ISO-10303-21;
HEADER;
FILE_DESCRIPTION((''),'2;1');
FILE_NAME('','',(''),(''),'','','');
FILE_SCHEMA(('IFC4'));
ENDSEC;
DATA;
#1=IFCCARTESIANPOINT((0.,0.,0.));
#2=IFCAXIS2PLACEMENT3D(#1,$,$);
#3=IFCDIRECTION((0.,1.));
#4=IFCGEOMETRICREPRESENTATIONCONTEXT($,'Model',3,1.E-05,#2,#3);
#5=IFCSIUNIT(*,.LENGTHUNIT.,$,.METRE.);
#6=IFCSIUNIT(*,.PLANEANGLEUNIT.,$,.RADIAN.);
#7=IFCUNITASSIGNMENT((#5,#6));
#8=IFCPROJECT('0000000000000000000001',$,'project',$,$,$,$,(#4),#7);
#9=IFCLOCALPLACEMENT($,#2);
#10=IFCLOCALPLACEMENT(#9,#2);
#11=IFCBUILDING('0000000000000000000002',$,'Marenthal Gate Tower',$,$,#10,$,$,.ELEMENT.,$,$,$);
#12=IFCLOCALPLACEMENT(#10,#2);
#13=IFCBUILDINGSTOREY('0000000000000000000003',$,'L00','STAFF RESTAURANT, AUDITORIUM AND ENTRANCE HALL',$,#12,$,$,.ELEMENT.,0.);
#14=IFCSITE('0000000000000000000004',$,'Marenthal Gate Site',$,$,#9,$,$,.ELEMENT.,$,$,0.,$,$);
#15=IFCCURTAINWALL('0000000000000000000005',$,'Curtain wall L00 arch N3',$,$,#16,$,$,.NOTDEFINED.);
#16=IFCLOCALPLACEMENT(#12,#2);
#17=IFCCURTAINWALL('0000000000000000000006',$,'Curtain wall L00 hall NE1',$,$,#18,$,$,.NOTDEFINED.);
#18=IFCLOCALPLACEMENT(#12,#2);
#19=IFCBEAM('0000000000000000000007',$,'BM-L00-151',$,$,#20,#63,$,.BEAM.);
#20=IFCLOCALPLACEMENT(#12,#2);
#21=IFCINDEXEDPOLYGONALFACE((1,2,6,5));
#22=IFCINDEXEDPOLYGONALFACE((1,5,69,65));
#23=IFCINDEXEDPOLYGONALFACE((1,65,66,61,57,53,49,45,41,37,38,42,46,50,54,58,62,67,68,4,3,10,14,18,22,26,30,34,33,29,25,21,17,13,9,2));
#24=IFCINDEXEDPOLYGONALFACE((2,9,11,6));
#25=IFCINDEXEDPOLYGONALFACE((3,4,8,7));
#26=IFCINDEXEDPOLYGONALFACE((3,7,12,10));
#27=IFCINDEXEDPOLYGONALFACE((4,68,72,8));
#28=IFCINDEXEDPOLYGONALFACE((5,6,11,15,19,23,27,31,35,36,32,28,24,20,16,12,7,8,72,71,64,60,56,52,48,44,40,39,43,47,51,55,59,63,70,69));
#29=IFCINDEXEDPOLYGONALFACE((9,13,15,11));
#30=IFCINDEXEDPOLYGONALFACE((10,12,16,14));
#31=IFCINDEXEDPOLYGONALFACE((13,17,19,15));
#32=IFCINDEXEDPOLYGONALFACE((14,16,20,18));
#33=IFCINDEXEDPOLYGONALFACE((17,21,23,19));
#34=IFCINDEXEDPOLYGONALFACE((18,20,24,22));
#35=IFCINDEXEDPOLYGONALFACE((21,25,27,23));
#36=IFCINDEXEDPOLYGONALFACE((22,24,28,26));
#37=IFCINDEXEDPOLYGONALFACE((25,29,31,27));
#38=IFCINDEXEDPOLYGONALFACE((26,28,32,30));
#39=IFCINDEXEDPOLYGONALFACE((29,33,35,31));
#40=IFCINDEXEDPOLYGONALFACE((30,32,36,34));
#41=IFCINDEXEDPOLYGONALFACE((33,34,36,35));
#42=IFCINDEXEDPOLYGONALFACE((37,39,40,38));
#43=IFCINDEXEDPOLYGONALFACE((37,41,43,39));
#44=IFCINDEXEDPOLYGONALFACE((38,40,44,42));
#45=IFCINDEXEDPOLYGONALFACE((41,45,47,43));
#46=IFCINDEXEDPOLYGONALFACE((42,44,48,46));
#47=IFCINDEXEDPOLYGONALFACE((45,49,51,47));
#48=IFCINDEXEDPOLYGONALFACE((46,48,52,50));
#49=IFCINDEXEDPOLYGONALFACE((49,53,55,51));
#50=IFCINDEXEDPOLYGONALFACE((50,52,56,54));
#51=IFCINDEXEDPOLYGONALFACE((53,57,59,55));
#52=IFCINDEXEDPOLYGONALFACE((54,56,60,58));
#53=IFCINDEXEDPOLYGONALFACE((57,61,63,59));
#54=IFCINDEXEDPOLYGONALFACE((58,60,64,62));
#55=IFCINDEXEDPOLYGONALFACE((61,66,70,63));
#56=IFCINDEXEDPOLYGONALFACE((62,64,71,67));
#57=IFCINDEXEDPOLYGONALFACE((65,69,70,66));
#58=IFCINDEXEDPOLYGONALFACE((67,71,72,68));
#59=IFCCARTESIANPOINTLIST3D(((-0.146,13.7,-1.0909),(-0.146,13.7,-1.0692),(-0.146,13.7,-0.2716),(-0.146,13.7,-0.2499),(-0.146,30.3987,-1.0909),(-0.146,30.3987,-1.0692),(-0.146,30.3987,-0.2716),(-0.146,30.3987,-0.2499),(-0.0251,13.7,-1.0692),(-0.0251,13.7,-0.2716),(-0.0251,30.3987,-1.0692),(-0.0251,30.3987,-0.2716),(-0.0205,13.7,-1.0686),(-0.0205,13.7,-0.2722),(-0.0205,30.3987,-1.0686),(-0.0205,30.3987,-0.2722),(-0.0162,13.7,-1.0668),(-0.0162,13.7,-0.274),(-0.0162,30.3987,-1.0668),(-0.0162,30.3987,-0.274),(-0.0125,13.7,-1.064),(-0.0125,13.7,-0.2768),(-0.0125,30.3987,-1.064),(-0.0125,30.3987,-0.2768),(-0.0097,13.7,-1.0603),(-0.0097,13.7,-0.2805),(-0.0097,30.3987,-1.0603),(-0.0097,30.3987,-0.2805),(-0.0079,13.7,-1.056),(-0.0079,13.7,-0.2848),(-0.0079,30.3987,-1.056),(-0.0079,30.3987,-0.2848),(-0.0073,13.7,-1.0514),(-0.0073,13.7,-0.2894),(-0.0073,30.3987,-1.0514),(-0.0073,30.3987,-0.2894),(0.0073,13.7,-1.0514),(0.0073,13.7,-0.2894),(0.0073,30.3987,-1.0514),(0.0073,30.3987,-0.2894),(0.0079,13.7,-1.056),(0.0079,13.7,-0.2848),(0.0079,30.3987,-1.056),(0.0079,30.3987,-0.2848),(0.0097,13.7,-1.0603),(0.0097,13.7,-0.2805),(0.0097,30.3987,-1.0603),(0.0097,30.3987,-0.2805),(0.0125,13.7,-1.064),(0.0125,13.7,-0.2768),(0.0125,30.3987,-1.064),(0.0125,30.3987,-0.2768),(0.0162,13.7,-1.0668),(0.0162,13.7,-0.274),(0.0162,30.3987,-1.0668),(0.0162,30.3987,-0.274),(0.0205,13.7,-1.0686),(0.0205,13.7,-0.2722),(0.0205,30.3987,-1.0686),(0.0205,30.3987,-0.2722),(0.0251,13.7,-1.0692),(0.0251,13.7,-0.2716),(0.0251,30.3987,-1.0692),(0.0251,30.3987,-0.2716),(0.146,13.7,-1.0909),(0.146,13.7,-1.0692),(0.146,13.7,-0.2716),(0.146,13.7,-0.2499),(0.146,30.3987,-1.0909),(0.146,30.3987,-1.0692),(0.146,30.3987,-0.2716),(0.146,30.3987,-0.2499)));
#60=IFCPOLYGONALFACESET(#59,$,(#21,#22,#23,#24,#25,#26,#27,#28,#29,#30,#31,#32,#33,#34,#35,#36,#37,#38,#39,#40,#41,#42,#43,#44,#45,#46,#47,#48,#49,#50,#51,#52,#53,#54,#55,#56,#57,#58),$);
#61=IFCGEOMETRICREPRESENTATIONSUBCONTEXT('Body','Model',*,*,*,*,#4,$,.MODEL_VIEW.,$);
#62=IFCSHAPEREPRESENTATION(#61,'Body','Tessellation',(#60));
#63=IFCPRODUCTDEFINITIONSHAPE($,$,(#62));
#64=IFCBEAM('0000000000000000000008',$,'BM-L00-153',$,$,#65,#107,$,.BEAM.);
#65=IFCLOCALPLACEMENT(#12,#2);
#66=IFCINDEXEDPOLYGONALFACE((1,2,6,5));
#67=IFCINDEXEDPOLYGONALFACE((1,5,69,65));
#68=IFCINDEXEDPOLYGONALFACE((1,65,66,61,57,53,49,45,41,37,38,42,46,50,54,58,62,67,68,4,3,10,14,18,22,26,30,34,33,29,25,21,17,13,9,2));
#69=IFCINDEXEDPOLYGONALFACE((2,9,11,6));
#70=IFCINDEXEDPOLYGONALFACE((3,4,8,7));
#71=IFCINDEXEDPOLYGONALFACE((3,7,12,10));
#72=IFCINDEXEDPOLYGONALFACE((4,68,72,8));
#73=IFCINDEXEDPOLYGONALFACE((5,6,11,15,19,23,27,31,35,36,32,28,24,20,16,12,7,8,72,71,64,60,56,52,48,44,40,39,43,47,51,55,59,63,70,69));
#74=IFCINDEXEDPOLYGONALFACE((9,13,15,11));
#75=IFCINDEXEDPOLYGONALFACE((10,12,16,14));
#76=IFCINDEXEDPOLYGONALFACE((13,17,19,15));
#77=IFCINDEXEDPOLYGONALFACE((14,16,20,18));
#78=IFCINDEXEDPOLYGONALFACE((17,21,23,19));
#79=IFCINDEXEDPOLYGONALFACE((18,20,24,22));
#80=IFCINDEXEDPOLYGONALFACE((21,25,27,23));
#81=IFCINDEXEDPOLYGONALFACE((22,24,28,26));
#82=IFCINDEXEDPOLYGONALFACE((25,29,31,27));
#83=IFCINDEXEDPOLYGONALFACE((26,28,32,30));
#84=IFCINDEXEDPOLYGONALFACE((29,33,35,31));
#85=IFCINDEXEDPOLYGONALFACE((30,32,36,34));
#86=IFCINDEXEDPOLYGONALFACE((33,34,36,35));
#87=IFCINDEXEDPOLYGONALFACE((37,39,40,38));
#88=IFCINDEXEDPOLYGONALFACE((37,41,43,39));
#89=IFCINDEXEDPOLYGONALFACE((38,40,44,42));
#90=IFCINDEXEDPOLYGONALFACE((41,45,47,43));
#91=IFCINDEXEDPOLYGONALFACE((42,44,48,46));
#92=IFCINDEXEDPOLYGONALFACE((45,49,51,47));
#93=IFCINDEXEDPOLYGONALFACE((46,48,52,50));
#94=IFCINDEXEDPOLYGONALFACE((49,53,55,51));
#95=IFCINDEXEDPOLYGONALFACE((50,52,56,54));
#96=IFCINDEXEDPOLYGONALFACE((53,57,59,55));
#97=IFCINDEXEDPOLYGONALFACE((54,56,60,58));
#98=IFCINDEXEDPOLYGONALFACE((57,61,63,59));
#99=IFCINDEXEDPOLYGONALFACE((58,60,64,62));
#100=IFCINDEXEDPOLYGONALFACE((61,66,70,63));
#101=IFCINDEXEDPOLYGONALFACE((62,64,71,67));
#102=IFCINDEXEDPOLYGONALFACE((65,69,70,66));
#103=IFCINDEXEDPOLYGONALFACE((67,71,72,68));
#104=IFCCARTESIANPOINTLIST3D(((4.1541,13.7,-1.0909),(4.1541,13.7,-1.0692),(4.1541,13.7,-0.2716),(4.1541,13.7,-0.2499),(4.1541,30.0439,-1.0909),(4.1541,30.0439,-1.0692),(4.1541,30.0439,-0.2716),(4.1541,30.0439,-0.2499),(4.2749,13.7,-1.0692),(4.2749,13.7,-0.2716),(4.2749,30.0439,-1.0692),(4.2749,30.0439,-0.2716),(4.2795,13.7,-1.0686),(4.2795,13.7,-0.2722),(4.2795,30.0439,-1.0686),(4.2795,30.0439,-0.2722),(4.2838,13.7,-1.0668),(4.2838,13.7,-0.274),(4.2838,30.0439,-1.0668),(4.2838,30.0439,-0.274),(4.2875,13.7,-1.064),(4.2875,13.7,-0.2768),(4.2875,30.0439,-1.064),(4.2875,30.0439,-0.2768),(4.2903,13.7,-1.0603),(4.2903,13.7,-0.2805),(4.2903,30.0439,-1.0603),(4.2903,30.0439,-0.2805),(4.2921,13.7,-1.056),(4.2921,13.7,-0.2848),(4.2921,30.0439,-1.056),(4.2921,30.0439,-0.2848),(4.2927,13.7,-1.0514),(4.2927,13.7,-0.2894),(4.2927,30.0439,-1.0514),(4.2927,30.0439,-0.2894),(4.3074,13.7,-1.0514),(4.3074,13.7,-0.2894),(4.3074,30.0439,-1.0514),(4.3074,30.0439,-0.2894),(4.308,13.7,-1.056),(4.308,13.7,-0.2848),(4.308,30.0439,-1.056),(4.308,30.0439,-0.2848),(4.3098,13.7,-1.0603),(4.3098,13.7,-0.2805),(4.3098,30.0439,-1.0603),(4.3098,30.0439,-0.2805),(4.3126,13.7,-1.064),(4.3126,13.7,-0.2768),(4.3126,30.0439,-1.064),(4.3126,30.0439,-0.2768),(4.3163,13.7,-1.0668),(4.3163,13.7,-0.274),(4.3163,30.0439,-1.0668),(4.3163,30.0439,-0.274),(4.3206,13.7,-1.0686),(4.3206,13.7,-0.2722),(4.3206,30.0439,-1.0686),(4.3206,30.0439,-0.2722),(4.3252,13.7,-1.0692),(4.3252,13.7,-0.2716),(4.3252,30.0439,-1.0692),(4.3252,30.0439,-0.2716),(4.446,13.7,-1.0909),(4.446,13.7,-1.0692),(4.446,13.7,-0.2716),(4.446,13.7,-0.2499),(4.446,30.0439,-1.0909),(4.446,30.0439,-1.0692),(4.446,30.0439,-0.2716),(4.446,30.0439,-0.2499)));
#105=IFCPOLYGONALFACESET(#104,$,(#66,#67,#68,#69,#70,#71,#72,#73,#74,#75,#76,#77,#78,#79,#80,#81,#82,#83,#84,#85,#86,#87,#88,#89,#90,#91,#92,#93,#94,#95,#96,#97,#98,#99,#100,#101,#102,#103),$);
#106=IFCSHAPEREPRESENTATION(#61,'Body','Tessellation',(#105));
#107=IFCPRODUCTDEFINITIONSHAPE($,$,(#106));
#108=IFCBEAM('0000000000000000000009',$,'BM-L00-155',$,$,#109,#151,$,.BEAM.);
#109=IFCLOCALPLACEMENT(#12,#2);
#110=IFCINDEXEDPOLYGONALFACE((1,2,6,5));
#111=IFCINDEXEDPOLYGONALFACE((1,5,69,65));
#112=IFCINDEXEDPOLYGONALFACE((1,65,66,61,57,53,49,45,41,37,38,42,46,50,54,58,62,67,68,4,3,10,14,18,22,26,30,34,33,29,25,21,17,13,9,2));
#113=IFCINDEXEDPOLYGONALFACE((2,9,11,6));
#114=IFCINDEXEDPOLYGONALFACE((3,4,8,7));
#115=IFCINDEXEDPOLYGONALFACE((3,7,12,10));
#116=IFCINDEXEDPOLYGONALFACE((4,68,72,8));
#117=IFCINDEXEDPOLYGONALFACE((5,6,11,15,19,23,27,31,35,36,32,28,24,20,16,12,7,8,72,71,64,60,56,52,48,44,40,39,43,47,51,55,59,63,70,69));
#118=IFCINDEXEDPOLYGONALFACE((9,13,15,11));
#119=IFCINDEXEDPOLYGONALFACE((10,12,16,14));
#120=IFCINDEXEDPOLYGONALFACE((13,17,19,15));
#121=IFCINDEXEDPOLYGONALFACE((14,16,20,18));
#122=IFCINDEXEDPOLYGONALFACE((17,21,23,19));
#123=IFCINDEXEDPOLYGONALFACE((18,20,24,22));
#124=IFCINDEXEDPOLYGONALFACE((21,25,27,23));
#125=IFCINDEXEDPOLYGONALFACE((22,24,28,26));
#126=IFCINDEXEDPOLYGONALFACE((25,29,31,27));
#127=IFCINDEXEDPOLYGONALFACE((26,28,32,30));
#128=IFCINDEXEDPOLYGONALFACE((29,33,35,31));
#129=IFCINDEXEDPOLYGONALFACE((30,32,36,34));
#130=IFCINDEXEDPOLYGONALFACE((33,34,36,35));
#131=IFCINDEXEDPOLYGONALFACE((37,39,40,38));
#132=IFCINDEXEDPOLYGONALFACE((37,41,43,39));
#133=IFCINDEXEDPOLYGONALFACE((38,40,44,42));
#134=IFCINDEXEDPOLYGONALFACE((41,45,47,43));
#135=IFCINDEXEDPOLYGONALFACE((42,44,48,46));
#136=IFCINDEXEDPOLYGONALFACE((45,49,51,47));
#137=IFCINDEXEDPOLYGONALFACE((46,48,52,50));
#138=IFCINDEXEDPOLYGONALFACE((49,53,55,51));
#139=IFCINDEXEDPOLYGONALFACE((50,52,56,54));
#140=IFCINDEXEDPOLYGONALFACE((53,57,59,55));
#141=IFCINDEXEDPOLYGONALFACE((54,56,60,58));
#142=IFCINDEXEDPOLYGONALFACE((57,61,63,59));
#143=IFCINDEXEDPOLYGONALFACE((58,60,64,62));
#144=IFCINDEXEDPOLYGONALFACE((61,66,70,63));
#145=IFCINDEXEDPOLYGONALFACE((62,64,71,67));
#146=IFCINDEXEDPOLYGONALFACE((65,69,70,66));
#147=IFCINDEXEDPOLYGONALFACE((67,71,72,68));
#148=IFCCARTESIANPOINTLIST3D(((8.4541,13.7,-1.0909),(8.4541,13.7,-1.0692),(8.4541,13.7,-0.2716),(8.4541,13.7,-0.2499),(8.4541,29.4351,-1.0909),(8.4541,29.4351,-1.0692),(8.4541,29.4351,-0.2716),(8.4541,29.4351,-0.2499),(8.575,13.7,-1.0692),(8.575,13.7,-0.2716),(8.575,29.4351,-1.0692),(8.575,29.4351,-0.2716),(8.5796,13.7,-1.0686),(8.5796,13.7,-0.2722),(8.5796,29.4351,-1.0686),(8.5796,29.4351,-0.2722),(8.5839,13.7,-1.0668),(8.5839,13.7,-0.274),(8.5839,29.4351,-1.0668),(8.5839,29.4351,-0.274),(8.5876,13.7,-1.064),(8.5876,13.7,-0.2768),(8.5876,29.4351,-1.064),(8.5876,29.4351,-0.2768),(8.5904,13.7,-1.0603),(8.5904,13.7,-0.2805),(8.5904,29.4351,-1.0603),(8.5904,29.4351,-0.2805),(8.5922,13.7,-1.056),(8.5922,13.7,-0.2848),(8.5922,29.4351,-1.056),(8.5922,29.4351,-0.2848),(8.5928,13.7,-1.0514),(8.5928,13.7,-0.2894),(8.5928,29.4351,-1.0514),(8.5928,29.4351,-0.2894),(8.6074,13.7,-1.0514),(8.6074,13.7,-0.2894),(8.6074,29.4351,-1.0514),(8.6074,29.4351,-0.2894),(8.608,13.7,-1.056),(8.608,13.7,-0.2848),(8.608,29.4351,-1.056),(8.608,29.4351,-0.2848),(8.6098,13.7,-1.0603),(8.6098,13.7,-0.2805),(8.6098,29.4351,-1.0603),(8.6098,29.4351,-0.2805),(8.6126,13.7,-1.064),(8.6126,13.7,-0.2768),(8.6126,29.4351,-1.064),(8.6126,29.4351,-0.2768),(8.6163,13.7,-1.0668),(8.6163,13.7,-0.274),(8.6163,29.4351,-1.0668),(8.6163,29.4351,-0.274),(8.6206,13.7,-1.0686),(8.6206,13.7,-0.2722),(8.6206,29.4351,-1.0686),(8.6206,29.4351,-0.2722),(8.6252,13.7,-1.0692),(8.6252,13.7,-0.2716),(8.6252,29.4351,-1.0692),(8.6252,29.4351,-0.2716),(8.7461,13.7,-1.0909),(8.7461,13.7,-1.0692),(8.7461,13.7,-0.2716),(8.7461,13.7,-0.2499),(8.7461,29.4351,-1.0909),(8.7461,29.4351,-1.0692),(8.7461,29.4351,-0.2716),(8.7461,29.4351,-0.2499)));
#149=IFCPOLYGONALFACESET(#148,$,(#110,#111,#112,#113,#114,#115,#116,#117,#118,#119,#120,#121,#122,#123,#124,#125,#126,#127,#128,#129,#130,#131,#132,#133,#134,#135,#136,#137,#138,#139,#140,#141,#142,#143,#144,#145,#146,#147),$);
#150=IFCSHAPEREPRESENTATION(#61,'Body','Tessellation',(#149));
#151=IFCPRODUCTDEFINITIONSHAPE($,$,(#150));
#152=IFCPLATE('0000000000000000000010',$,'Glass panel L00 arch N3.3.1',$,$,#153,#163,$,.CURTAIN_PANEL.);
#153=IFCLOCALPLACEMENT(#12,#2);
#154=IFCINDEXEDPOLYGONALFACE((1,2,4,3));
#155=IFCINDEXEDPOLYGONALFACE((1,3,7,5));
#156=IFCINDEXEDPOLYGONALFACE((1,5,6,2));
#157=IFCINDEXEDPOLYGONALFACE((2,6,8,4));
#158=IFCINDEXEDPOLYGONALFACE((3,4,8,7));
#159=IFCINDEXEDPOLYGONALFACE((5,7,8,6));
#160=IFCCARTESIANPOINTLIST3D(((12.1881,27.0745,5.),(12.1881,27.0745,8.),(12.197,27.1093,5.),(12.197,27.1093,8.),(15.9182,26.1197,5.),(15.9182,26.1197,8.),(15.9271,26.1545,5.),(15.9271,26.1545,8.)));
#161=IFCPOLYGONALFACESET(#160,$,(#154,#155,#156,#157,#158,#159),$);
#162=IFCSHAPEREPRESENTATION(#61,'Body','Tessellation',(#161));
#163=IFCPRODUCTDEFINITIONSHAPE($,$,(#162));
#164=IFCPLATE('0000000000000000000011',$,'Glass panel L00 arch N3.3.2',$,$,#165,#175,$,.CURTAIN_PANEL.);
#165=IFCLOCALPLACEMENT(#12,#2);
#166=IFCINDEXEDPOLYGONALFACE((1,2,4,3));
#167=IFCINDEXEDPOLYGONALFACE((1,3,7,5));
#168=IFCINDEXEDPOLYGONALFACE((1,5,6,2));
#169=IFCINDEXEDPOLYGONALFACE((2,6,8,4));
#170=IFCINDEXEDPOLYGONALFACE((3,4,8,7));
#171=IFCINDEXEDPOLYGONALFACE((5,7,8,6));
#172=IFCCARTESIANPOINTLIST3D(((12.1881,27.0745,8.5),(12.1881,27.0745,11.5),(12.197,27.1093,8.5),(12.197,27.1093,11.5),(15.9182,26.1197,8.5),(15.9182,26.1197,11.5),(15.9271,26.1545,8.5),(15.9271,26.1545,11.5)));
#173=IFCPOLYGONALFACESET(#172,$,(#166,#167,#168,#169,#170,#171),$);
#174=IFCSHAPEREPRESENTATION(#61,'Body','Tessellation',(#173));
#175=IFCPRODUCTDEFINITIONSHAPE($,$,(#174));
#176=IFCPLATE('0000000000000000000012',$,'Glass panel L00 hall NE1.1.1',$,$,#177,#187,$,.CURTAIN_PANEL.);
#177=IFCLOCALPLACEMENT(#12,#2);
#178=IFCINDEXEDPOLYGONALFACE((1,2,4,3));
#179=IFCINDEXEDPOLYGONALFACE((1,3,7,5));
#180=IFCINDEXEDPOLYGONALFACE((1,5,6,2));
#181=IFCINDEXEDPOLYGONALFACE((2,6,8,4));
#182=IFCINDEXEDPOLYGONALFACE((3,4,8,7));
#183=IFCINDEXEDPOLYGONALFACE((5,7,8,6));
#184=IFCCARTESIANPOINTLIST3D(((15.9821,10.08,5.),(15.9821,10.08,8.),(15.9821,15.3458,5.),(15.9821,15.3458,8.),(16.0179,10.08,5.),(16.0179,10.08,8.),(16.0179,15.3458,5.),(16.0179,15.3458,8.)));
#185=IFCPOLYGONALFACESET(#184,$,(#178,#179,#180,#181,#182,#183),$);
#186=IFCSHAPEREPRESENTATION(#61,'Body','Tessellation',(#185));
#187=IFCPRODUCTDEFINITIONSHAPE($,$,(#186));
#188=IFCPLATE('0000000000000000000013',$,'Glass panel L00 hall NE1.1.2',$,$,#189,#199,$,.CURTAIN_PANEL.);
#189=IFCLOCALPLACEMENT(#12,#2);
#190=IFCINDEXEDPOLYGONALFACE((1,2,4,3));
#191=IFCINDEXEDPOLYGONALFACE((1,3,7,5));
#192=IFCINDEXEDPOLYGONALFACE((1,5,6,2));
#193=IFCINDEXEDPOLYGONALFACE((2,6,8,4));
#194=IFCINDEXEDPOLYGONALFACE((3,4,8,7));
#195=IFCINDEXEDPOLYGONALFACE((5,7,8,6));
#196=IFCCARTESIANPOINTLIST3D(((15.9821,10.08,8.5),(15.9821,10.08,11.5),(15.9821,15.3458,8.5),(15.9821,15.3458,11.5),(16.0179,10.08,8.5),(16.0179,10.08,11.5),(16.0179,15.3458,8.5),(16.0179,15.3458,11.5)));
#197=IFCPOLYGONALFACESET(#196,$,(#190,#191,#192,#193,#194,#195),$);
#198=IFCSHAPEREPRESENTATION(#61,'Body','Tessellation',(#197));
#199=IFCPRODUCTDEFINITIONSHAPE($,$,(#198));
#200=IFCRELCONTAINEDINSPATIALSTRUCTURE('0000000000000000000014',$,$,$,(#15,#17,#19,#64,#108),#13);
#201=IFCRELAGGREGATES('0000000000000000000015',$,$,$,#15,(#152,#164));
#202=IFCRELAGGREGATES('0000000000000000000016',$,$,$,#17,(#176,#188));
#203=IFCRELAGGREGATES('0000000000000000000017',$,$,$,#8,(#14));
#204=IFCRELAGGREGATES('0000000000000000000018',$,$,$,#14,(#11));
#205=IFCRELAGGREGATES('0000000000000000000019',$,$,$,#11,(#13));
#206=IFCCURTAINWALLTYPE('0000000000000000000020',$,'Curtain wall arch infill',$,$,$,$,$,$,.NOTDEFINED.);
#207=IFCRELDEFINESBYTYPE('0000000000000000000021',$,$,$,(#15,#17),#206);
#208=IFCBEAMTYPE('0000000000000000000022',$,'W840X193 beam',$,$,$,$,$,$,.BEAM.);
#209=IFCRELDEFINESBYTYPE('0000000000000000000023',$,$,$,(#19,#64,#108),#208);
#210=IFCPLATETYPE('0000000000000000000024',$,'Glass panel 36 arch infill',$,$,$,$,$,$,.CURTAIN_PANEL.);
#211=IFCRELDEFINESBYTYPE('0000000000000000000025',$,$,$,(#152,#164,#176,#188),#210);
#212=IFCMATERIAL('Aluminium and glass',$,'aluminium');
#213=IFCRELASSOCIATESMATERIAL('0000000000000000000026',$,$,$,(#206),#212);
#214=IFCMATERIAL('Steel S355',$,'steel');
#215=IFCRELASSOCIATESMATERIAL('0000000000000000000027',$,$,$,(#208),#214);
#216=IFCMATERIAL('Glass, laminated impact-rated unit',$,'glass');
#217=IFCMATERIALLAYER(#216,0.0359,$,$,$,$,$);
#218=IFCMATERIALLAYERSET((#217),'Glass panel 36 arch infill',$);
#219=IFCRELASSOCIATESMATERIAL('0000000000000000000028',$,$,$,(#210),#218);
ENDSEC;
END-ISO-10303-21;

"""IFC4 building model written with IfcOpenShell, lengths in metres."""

from ifc_helpers import new_model, si_unit, direction, frame, origin, origin_2d, place, context, subcontext, project, spatial, rectangle, i_section, extrude, material, layer, layer_set, material_profile, profile_set, type_object, element, aggregate, save


model = new_model("IFC4")

# Units and contexts
model_context = context("Model", 3, precision=1e-05, world=origin(), true_north=direction((0.0, 1.0)))
body_context = subcontext(model_context, "Body", "Model", "MODEL_VIEW")
ifc_project = project(units=[si_unit("LENGTHUNIT", "METRE"), si_unit("PLANEANGLEUNIT", "RADIAN")], contexts=[model_context])

# Site, building, storey
site_placement = place(None, origin())
site = spatial("IfcSite", under=ifc_project, at=site_placement, Name="Marenthal Gate Site", CompositionType="ELEMENT", RefElevation=0.0)
building_placement = place(site_placement, origin())
building = spatial("IfcBuilding", under=site, at=building_placement, Name="Marenthal Gate Tower", CompositionType="ELEMENT")
storey_placement = place(building_placement, origin())
storey = spatial("IfcBuildingStorey", under=building, at=storey_placement, Name="L00", Description="STAFF RESTAURANT, AUDITORIUM AND ENTRANCE HALL", CompositionType="ELEMENT", Elevation=0.0)

# Curtain walls
ifc_material_1 = material(Name="Aluminium and glass", Category="aluminium")
curtain_wall_type = type_object("IfcCurtainWallType", Name="Curtain wall arch infill", PredefinedType="NOTDEFINED", material=ifc_material_1)
curtain_wall_1_placement = place(storey_placement, origin())
curtain_wall_1 = element("IfcCurtainWall", 1, at=curtain_wall_1_placement, inside=storey, type_object=curtain_wall_type, Name="Curtain wall L00 arch N3", PredefinedType="NOTDEFINED")
curtain_wall_2_placement = place(storey_placement, origin())
curtain_wall_2 = element("IfcCurtainWall", 2, at=curtain_wall_2_placement, inside=storey, type_object=curtain_wall_type, Name="Curtain wall L00 hall NE1", PredefinedType="NOTDEFINED")

# Beams
ifc_material_2 = material(Name="Steel S355", Category="steel")
ifc_material_profile_1 = material_profile(ifc_material_2, i_section(OverallWidth=0.292, OverallDepth=0.8411, WebThickness=0.0146, FlangeThickness=0.0217, FilletRadius=0.0178, at=origin_2d()), Name="W840X193")
ifc_profile_set_1 = profile_set([ifc_material_profile_1], Name="Steel S355")
beam_type_1 = type_object("IfcBeamType", Name="W840X193 beam", PredefinedType="BEAM", material=ifc_profile_set_1)
beam_1_placement = place(storey_placement, frame((0.0, 13.7, -0.6704), z_axis=(0.0, 1.0, 0.0), x_axis=(-1.0, 0.0, 0.0)))
element("IfcBeam", 3, at=beam_1_placement, inside=storey, type_object=beam_type_1, Name="BM-L00-151", PredefinedType="BEAM", context=body_context, shape_type="SweptSolid", body=[
    extrude(i_section(OverallWidth=0.292, OverallDepth=0.8411, WebThickness=0.0146, FlangeThickness=0.0217, FilletRadius=0.0178, at=origin_2d()), origin(), (0.0, 0.0, 1.0), 16.6987),
])
beam_2_placement = place(storey_placement, frame((4.3, 13.7, -0.6704), z_axis=(0.0, 1.0, 0.0), x_axis=(-1.0, 0.0, 0.0)))
element("IfcBeam", 4, at=beam_2_placement, inside=storey, type_object=beam_type_1, Name="BM-L00-153", PredefinedType="BEAM", context=body_context, shape_type="SweptSolid", body=[
    extrude(i_section(OverallWidth=0.292, OverallDepth=0.8411, WebThickness=0.0146, FlangeThickness=0.0217, FilletRadius=0.0178, at=origin_2d()), origin(), (0.0, 0.0, 1.0), 16.344),
])
beam_3_placement = place(storey_placement, frame((8.6001, 13.7, -0.6704), z_axis=(0.0, 1.0, 0.0), x_axis=(-1.0, 0.0, 0.0)))
element("IfcBeam", 5, at=beam_3_placement, inside=storey, type_object=beam_type_1, Name="BM-L00-155", PredefinedType="BEAM", context=body_context, shape_type="SweptSolid", body=[
    extrude(i_section(OverallWidth=0.292, OverallDepth=0.8411, WebThickness=0.0146, FlangeThickness=0.0217, FilletRadius=0.0178, at=origin_2d()), origin(), (0.0, 0.0, 1.0), 15.7351),
])

# Plates
ifc_material_3 = material(Name="Glass, laminated impact-rated unit", Category="glass")
ifc_layer_1 = layer(ifc_material_3, 0.0359)
ifc_layer_set_1 = layer_set([ifc_layer_1], Name="Glass panel 36 arch infill")
plate_type = type_object("IfcPlateType", Name="Glass panel 36 arch infill", PredefinedType="CURTAIN_PANEL", material=ifc_layer_set_1)
plate_1_placement = place(storey_placement, frame((14.0576, 26.6145, 5.0), z_axis=(0.0, 0.0, 1.0), x_axis=(0.968769, -0.247965, 0.0)))
plate_1 = element("IfcPlate", 6, at=plate_1_placement, type_object=plate_type, Name="Glass panel L00 arch N3.3.1", PredefinedType="CURTAIN_PANEL", context=body_context, shape_type="SweptSolid", body=[
    extrude(rectangle(XDim=3.8503, YDim=0.0359, at=origin_2d()), origin(), (0.0, 0.0, 1.0), 3.0),
])
plate_2_placement = place(storey_placement, frame((14.0576, 26.6145, 8.5), z_axis=(0.0, 0.0, 1.0), x_axis=(0.968769, -0.247965, 0.0)))
plate_2 = element("IfcPlate", 7, at=plate_2_placement, type_object=plate_type, Name="Glass panel L00 arch N3.3.2", PredefinedType="CURTAIN_PANEL", context=body_context, shape_type="SweptSolid", body=[
    extrude(rectangle(XDim=3.8503, YDim=0.0359, at=origin_2d()), origin(), (0.0, 0.0, 1.0), 3.0),
])
aggregate(curtain_wall_1, [plate_1, plate_2])
plate_3_placement = place(storey_placement, frame((16.0, 12.7129, 5.0), z_axis=(0.0, 0.0, 1.0), x_axis=(0.0, 1.0, 0.0)))
plate_3 = element("IfcPlate", 8, at=plate_3_placement, type_object=plate_type, Name="Glass panel L00 hall NE1.1.1", PredefinedType="CURTAIN_PANEL", context=body_context, shape_type="SweptSolid", body=[
    extrude(rectangle(XDim=5.2659, YDim=0.0359, at=origin_2d()), origin(), (0.0, 0.0, 1.0), 3.0),
])
plate_4_placement = place(storey_placement, frame((16.0, 12.7129, 8.5), z_axis=(0.0, 0.0, 1.0), x_axis=(0.0, 1.0, 0.0)))
plate_4 = element("IfcPlate", 9, at=plate_4_placement, type_object=plate_type, Name="Glass panel L00 hall NE1.1.2", PredefinedType="CURTAIN_PANEL", context=body_context, shape_type="SweptSolid", body=[
    extrude(rectangle(XDim=5.2659, YDim=0.0359, at=origin_2d()), origin(), (0.0, 0.0, 1.0), 3.0),
])
aggregate(curtain_wall_2, [plate_3, plate_4])

save(model, "model.ifc")
